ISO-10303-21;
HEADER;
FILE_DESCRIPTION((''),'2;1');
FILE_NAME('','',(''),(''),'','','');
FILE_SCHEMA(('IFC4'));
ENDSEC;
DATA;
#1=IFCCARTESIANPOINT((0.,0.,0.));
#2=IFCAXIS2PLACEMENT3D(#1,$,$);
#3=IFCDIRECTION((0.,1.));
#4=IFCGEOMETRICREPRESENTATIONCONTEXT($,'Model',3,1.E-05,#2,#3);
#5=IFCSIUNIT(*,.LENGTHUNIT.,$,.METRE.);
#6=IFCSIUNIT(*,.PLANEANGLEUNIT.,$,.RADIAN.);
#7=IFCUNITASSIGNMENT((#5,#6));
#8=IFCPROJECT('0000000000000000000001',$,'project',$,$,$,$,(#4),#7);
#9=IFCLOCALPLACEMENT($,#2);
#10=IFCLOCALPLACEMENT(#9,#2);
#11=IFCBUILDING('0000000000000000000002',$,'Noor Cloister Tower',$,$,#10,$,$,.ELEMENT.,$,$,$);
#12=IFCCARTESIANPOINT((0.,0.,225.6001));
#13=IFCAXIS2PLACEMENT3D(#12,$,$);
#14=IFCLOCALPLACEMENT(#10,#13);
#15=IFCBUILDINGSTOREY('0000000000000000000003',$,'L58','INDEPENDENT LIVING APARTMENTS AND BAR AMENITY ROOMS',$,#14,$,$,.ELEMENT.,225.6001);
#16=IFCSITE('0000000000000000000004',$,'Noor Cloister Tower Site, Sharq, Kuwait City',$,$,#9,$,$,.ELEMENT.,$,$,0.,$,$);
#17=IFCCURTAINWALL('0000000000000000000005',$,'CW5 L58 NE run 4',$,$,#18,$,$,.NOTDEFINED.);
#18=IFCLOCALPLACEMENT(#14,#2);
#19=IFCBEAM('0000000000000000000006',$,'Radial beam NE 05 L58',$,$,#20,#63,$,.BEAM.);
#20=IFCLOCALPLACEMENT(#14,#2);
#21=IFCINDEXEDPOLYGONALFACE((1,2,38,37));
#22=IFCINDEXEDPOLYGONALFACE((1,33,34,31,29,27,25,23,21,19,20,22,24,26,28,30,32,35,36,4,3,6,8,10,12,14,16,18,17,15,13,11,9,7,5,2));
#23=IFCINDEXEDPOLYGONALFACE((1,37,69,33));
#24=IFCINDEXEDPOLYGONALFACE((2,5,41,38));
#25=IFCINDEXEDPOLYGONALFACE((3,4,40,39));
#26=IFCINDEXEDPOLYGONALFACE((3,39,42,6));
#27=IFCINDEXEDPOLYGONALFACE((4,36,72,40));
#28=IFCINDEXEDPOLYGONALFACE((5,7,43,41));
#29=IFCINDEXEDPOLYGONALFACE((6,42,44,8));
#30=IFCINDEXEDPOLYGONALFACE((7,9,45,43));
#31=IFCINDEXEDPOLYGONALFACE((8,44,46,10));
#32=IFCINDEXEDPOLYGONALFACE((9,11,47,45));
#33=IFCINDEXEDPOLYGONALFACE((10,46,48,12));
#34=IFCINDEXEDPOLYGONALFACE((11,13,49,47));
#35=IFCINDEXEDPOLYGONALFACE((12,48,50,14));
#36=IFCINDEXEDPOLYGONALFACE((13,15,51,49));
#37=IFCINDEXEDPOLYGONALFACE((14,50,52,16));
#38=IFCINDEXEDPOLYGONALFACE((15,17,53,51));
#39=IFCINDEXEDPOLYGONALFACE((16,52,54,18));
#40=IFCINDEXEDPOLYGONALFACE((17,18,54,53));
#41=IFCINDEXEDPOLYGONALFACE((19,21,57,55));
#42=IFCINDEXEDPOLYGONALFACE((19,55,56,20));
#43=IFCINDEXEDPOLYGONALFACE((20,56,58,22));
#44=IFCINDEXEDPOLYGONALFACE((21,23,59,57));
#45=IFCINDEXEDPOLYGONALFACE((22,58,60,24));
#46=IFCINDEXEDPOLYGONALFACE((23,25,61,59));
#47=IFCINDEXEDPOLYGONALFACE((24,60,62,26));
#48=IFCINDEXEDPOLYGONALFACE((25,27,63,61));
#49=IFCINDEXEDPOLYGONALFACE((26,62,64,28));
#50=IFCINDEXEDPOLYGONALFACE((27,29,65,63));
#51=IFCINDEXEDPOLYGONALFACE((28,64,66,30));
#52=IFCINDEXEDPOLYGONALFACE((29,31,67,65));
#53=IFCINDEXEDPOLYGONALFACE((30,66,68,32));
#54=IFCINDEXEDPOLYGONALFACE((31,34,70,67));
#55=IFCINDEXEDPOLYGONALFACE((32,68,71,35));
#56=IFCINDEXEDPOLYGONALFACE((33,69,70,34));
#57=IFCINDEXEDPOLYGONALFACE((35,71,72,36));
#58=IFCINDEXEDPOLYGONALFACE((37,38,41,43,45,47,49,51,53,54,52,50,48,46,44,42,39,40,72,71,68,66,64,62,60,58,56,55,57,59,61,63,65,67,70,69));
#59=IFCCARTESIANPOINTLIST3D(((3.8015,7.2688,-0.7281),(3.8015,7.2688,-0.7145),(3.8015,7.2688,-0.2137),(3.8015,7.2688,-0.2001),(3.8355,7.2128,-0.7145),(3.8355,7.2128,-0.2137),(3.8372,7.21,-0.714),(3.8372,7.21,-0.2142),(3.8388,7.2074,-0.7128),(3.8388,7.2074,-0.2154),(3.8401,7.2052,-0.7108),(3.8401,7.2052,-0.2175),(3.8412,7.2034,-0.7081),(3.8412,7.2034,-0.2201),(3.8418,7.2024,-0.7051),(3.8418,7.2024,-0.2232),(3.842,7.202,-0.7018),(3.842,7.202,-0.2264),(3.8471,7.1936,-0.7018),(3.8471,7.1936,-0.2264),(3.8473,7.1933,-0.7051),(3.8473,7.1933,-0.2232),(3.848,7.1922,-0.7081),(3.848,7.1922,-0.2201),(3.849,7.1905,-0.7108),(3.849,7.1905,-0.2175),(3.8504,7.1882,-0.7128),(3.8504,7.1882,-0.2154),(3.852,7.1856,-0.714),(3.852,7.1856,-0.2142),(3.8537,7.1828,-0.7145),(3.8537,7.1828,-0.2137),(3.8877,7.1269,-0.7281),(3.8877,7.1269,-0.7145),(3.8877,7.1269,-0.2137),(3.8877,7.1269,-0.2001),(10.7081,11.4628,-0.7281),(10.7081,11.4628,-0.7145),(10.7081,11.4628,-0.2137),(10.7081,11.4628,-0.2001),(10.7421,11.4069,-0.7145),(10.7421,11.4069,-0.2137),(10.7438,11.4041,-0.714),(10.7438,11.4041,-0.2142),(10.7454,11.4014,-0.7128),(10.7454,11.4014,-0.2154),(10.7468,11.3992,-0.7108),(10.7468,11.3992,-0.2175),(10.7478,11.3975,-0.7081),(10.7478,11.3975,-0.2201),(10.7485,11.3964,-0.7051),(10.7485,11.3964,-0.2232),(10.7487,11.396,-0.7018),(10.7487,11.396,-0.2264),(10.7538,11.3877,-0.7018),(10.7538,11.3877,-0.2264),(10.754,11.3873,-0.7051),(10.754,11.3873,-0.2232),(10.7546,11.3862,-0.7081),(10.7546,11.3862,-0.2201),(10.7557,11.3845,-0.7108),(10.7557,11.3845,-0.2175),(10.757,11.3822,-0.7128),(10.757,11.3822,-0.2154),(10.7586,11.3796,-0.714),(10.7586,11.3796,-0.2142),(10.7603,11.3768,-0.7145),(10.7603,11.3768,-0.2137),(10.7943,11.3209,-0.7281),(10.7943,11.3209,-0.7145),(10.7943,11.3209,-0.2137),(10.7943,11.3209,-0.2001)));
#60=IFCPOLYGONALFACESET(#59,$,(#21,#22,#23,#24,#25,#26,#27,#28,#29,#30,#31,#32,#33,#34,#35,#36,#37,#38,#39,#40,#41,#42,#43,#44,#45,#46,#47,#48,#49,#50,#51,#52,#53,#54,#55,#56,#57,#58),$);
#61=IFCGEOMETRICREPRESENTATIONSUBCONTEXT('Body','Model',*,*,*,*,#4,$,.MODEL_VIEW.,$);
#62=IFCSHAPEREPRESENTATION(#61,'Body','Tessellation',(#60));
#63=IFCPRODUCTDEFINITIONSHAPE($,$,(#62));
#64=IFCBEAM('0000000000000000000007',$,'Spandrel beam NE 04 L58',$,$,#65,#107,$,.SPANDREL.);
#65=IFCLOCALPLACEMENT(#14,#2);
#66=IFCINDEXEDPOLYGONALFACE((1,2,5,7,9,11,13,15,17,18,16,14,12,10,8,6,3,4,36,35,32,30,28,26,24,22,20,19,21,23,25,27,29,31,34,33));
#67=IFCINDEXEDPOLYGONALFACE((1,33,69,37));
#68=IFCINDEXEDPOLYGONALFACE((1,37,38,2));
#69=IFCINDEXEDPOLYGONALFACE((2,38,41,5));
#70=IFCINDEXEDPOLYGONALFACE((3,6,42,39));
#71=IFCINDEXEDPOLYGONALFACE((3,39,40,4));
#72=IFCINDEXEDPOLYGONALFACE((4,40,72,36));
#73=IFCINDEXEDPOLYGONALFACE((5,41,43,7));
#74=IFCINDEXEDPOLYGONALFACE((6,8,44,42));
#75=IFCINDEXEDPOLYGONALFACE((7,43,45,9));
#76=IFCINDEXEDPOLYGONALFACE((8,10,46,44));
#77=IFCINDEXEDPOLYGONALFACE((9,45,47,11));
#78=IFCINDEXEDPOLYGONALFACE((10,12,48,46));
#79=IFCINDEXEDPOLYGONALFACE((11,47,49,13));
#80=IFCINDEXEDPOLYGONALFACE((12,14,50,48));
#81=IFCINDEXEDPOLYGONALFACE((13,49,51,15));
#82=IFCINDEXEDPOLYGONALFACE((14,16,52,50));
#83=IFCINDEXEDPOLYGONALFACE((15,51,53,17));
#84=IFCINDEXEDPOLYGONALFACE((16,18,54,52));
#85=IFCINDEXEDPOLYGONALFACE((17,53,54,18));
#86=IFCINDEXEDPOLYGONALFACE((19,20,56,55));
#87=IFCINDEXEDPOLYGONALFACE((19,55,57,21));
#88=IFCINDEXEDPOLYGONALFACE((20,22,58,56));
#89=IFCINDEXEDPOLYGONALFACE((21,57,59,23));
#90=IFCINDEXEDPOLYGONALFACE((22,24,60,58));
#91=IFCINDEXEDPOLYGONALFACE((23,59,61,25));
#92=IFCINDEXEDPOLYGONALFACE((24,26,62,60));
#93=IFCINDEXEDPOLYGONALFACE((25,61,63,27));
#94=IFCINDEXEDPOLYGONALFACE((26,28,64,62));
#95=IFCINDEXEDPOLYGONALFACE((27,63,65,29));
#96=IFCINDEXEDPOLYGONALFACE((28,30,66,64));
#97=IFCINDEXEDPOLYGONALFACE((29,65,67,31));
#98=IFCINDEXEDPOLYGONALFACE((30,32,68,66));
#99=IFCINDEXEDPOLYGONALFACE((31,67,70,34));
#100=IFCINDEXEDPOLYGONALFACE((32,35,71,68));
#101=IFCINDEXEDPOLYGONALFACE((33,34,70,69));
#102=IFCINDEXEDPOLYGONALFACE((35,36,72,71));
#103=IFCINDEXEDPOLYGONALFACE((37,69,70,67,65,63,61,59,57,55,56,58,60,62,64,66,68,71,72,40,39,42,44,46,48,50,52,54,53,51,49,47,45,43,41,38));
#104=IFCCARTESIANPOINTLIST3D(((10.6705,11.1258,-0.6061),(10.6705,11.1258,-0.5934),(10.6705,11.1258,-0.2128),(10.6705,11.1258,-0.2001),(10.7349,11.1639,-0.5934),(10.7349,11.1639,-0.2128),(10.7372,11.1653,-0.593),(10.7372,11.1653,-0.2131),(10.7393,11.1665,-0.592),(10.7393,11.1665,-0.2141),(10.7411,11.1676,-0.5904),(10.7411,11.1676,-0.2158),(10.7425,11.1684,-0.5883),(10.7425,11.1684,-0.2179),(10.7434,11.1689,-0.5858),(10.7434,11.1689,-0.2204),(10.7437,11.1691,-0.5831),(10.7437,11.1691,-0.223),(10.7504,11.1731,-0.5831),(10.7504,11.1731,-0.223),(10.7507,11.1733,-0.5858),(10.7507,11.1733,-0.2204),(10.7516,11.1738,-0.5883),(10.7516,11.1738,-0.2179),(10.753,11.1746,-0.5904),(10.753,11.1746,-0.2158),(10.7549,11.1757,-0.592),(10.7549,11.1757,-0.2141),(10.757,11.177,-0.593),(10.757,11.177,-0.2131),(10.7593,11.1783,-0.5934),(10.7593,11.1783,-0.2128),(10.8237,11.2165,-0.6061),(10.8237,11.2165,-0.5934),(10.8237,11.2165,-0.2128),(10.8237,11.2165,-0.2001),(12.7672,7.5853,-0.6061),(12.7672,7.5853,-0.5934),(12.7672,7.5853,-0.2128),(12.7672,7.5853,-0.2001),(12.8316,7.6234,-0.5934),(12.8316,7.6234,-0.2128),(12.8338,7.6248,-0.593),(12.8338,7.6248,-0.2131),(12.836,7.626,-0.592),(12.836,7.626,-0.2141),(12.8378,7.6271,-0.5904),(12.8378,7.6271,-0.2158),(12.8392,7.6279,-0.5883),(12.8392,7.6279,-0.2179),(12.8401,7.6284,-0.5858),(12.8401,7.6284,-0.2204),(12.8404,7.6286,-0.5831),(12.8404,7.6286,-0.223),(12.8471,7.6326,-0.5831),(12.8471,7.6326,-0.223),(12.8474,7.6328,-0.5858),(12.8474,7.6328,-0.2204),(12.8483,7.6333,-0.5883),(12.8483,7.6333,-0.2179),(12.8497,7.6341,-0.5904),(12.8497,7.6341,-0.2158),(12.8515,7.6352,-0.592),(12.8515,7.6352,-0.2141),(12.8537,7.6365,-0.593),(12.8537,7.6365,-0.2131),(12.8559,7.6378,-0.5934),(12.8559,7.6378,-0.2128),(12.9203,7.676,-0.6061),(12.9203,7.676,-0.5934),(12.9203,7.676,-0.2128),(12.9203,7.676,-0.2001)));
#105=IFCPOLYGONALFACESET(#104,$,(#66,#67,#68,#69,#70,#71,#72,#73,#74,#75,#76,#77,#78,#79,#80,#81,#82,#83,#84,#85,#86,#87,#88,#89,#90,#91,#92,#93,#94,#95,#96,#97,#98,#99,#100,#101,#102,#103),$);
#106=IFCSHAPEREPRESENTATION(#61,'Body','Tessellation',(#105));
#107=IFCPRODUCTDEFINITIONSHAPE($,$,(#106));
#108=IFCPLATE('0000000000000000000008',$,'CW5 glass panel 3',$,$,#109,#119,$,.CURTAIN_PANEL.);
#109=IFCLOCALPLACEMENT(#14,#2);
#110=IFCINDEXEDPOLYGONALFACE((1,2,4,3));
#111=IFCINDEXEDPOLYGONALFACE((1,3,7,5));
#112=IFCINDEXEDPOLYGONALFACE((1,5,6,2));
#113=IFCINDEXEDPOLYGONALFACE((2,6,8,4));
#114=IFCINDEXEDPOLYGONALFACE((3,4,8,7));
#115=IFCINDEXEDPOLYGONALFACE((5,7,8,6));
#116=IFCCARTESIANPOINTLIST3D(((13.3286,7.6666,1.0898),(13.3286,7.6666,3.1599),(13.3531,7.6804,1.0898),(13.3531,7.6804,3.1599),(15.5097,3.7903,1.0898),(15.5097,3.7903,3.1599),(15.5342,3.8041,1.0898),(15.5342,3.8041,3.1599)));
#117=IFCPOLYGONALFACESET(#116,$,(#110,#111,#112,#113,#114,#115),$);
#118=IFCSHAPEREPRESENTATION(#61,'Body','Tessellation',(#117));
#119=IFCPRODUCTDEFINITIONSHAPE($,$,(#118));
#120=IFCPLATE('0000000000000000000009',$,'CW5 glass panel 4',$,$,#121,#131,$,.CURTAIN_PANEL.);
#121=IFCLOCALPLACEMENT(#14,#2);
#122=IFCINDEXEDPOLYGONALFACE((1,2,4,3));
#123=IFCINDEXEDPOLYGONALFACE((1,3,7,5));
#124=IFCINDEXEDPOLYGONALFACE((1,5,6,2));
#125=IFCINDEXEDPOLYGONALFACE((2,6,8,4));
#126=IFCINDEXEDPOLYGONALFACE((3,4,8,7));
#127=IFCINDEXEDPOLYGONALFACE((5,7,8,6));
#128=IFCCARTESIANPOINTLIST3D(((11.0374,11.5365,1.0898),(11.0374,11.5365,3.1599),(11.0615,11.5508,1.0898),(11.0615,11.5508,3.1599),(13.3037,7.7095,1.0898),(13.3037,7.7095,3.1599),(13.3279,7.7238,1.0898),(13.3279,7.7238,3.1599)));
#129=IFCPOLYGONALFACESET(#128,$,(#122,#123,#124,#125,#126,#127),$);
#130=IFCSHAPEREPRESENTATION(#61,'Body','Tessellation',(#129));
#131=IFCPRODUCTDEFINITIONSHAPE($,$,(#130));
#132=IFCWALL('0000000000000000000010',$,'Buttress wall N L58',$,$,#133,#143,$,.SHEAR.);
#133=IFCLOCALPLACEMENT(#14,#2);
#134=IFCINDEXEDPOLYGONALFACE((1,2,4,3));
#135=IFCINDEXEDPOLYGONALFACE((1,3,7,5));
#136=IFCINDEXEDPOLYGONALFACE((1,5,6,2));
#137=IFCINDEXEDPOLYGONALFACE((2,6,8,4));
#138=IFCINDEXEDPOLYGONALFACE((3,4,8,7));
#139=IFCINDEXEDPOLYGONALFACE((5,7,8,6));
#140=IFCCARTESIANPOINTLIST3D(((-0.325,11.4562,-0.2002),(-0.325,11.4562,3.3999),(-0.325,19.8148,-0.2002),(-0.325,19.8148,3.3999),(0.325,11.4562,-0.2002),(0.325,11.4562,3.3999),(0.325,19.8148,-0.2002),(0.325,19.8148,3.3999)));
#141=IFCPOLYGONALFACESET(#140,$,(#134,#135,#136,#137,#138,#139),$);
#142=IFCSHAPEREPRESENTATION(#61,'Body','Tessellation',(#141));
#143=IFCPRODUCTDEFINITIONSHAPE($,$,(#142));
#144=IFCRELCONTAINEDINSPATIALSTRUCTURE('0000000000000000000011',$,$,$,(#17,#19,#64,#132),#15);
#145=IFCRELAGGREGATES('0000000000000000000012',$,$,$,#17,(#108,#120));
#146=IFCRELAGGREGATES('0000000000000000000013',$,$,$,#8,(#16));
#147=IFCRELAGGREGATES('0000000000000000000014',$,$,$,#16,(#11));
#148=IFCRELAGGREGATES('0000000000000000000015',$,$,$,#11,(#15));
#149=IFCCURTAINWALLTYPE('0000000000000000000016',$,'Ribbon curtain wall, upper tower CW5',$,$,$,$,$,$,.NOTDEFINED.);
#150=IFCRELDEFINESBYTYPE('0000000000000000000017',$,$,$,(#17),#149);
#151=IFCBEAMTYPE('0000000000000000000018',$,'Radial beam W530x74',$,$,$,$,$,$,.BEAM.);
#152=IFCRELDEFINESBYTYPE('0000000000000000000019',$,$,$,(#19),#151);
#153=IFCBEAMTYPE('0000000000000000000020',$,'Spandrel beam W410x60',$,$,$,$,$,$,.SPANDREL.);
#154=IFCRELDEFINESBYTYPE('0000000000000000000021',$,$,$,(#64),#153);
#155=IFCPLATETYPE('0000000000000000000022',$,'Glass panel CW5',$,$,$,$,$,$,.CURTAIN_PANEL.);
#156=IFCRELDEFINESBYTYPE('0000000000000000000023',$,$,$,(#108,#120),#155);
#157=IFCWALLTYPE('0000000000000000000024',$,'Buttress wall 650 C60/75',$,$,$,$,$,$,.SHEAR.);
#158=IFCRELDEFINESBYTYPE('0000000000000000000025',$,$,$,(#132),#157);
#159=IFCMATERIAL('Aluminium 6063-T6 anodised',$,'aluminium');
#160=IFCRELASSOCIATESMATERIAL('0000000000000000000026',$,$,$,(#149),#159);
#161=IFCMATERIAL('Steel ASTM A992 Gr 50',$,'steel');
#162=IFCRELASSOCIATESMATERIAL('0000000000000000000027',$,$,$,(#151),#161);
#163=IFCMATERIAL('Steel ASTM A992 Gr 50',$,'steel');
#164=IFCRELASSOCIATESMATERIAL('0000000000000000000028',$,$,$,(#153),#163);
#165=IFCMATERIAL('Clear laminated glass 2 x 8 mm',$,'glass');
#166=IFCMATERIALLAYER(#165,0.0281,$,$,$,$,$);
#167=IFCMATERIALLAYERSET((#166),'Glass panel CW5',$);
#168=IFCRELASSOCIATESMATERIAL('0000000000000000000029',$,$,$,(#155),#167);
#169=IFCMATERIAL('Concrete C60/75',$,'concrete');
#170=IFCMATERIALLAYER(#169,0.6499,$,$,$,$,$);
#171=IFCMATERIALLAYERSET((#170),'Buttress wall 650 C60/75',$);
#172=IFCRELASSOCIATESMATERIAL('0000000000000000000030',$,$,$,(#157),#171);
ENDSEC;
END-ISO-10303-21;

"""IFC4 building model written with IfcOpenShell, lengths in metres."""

from ifc_helpers import new_model, si_unit, direction, frame, frame_2d, origin, origin_2d, place, context, subcontext, project, spatial, rectangle, i_section, extrude, material, layer, layer_set, material_profile, profile_set, type_object, element, aggregate, save


model = new_model("IFC4")

# Units and contexts
model_context = context("Model", 3, precision=1e-05, world=origin(), true_north=direction((0.0, 1.0)))
body_context = subcontext(model_context, "Body", "Model", "MODEL_VIEW")
ifc_project = project(units=[si_unit("LENGTHUNIT", "METRE"), si_unit("PLANEANGLEUNIT", "RADIAN")], contexts=[model_context])

# Site, building, storey
site_placement = place(None, origin())
site = spatial("IfcSite", under=ifc_project, at=site_placement, Name="Noor Cloister Tower Site, Sharq, Kuwait City", CompositionType="ELEMENT", RefElevation=0.0)
building_placement = place(site_placement, origin())
building = spatial("IfcBuilding", under=site, at=building_placement, Name="Noor Cloister Tower", CompositionType="ELEMENT")
storey_placement = place(building_placement, frame((0.0, 0.0, 225.6001)))
storey = spatial("IfcBuildingStorey", under=building, at=storey_placement, Name="L58", Description="INDEPENDENT LIVING APARTMENTS AND BAR AMENITY ROOMS", CompositionType="ELEMENT", Elevation=225.6001)

# Curtain wall
ifc_material_1 = material(Name="Aluminium 6063-T6 anodised", Category="aluminium")
curtain_wall_type = type_object("IfcCurtainWallType", Name="Ribbon curtain wall, upper tower CW5", PredefinedType="NOTDEFINED", material=ifc_material_1)
curtain_wall_placement = place(storey_placement, origin())
curtain_wall = element("IfcCurtainWall", 1, at=curtain_wall_placement, inside=storey, type_object=curtain_wall_type, Name="CW5 L58 NE run 4", PredefinedType="NOTDEFINED")

# Beams
ifc_material_2 = material(Name="Steel ASTM A992 Gr 50", Category="steel")
ifc_material_profile_1 = material_profile(ifc_material_2, i_section(OverallWidth=0.166, OverallDepth=0.5281, WebThickness=0.0098, FlangeThickness=0.0137, FilletRadius=0.0127, at=origin_2d()), Name="W530x74")
ifc_profile_set_1 = profile_set([ifc_material_profile_1], Name="Steel ASTM A992 Gr 50")
beam_type_1 = type_object("IfcBeamType", Name="Radial beam W530x74", PredefinedType="BEAM", material=ifc_profile_set_1)
beam_1_placement = place(storey_placement, frame((10.7512, 11.3918, -0.4641), z_axis=(-0.854748, -0.519043, 0.0), x_axis=(0.519043, -0.854748, 0.0)))
element("IfcBeam", 2, at=beam_1_placement, inside=storey, type_object=beam_type_1, Name="Radial beam NE 05 L58", PredefinedType="BEAM", context=body_context, shape_type="SweptSolid", body=[
    extrude(i_section(OverallWidth=0.166, OverallDepth=0.5281, WebThickness=0.0098, FlangeThickness=0.0137, FilletRadius=0.0127, at=origin_2d()), origin(), (0.0, 0.0, 1.0), 8.0803),
])
ifc_material_3 = material(Name="Steel ASTM A992 Gr 50", Category="steel")
ifc_material_profile_2 = material_profile(ifc_material_3, i_section(OverallWidth=0.178, OverallDepth=0.406, WebThickness=0.0078, FlangeThickness=0.0127, FilletRadius=0.0103, at=origin_2d()), Name="W410x60")
ifc_profile_set_2 = profile_set([ifc_material_profile_2], Name="Steel ASTM A992 Gr 50")
beam_type_2 = type_object("IfcBeamType", Name="Spandrel beam W410x60", PredefinedType="SPANDREL", material=ifc_profile_set_2)
beam_2_placement = place(storey_placement, frame((12.8438, 7.6306, -0.4031), z_axis=(-0.509549, 0.860442, 0.0), x_axis=(-0.860442, -0.509549, 0.0)))
element("IfcBeam", 3, at=beam_2_placement, inside=storey, type_object=beam_type_2, Name="Spandrel beam NE 04 L58", PredefinedType="SPANDREL", context=body_context, shape_type="SweptSolid", body=[
    extrude(i_section(OverallWidth=0.178, OverallDepth=0.406, WebThickness=0.0078, FlangeThickness=0.0127, FilletRadius=0.0103, at=origin_2d()), origin(), (0.0, 0.0, 1.0), 4.1147),
])

# Plates
ifc_material_4 = material(Name="Clear laminated glass 2 x 8 mm", Category="glass")
ifc_layer_1 = layer(ifc_material_4, 0.0281)
ifc_layer_set_1 = layer_set([ifc_layer_1], Name="Glass panel CW5")
plate_type = type_object("IfcPlateType", Name="Glass panel CW5", PredefinedType="CURTAIN_PANEL", material=ifc_layer_set_1)
plate_1_placement = place(storey_placement, frame((14.4314, 5.7354, 1.0898), z_axis=(0.0, 0.0, 1.0), x_axis=(-0.490386, 0.871506, 0.0)))
plate_1 = element("IfcPlate", 4, at=plate_1_placement, type_object=plate_type, Name="CW5 glass panel 3", PredefinedType="CURTAIN_PANEL", context=body_context, shape_type="SweptSolid", body=[
    extrude(rectangle(XDim=4.4478, YDim=0.0281, at=origin_2d()), origin(), (0.0, 0.0, 1.0), 2.0701),
])
plate_2_placement = place(storey_placement, frame((12.1826, 9.6301, 1.0898), z_axis=(0.0, 0.0, 1.0), x_axis=(-0.509553, 0.860439, 0.0)))
plate_2 = element("IfcPlate", 5, at=plate_2_placement, type_object=plate_type, Name="CW5 glass panel 4", PredefinedType="CURTAIN_PANEL", context=body_context, shape_type="SweptSolid", body=[
    extrude(rectangle(XDim=4.4478, YDim=0.0281, at=origin_2d()), origin(), (0.0, 0.0, 1.0), 2.0701),
])
aggregate(curtain_wall, [plate_1, plate_2])

# Wall
ifc_material_5 = material(Name="Concrete C60/75", Category="concrete")
ifc_layer_2 = layer(ifc_material_5, 0.6499)
ifc_layer_set_2 = layer_set([ifc_layer_2], Name="Buttress wall 650 C60/75")
wall_type_1 = type_object("IfcWallType", Name="Buttress wall 650 C60/75", PredefinedType="SHEAR", material=ifc_layer_set_2)
wall_1_placement = place(storey_placement, frame((0.0, 11.4563, -0.2002), z_axis=(0.0, 0.0, 1.0), x_axis=(0.0, 1.0, 0.0)))
element("IfcWall", 6, at=wall_1_placement, inside=storey, type_object=wall_type_1, Name="Buttress wall N L58", PredefinedType="SHEAR", context=body_context, shape_type="SweptSolid", body=[
    extrude(rectangle(XDim=8.3586, YDim=0.6499, at=frame_2d((4.1792, 0.0))), origin(), (0.0, 0.0, 1.0), 3.6001),
])

save(model, "model.ifc")
